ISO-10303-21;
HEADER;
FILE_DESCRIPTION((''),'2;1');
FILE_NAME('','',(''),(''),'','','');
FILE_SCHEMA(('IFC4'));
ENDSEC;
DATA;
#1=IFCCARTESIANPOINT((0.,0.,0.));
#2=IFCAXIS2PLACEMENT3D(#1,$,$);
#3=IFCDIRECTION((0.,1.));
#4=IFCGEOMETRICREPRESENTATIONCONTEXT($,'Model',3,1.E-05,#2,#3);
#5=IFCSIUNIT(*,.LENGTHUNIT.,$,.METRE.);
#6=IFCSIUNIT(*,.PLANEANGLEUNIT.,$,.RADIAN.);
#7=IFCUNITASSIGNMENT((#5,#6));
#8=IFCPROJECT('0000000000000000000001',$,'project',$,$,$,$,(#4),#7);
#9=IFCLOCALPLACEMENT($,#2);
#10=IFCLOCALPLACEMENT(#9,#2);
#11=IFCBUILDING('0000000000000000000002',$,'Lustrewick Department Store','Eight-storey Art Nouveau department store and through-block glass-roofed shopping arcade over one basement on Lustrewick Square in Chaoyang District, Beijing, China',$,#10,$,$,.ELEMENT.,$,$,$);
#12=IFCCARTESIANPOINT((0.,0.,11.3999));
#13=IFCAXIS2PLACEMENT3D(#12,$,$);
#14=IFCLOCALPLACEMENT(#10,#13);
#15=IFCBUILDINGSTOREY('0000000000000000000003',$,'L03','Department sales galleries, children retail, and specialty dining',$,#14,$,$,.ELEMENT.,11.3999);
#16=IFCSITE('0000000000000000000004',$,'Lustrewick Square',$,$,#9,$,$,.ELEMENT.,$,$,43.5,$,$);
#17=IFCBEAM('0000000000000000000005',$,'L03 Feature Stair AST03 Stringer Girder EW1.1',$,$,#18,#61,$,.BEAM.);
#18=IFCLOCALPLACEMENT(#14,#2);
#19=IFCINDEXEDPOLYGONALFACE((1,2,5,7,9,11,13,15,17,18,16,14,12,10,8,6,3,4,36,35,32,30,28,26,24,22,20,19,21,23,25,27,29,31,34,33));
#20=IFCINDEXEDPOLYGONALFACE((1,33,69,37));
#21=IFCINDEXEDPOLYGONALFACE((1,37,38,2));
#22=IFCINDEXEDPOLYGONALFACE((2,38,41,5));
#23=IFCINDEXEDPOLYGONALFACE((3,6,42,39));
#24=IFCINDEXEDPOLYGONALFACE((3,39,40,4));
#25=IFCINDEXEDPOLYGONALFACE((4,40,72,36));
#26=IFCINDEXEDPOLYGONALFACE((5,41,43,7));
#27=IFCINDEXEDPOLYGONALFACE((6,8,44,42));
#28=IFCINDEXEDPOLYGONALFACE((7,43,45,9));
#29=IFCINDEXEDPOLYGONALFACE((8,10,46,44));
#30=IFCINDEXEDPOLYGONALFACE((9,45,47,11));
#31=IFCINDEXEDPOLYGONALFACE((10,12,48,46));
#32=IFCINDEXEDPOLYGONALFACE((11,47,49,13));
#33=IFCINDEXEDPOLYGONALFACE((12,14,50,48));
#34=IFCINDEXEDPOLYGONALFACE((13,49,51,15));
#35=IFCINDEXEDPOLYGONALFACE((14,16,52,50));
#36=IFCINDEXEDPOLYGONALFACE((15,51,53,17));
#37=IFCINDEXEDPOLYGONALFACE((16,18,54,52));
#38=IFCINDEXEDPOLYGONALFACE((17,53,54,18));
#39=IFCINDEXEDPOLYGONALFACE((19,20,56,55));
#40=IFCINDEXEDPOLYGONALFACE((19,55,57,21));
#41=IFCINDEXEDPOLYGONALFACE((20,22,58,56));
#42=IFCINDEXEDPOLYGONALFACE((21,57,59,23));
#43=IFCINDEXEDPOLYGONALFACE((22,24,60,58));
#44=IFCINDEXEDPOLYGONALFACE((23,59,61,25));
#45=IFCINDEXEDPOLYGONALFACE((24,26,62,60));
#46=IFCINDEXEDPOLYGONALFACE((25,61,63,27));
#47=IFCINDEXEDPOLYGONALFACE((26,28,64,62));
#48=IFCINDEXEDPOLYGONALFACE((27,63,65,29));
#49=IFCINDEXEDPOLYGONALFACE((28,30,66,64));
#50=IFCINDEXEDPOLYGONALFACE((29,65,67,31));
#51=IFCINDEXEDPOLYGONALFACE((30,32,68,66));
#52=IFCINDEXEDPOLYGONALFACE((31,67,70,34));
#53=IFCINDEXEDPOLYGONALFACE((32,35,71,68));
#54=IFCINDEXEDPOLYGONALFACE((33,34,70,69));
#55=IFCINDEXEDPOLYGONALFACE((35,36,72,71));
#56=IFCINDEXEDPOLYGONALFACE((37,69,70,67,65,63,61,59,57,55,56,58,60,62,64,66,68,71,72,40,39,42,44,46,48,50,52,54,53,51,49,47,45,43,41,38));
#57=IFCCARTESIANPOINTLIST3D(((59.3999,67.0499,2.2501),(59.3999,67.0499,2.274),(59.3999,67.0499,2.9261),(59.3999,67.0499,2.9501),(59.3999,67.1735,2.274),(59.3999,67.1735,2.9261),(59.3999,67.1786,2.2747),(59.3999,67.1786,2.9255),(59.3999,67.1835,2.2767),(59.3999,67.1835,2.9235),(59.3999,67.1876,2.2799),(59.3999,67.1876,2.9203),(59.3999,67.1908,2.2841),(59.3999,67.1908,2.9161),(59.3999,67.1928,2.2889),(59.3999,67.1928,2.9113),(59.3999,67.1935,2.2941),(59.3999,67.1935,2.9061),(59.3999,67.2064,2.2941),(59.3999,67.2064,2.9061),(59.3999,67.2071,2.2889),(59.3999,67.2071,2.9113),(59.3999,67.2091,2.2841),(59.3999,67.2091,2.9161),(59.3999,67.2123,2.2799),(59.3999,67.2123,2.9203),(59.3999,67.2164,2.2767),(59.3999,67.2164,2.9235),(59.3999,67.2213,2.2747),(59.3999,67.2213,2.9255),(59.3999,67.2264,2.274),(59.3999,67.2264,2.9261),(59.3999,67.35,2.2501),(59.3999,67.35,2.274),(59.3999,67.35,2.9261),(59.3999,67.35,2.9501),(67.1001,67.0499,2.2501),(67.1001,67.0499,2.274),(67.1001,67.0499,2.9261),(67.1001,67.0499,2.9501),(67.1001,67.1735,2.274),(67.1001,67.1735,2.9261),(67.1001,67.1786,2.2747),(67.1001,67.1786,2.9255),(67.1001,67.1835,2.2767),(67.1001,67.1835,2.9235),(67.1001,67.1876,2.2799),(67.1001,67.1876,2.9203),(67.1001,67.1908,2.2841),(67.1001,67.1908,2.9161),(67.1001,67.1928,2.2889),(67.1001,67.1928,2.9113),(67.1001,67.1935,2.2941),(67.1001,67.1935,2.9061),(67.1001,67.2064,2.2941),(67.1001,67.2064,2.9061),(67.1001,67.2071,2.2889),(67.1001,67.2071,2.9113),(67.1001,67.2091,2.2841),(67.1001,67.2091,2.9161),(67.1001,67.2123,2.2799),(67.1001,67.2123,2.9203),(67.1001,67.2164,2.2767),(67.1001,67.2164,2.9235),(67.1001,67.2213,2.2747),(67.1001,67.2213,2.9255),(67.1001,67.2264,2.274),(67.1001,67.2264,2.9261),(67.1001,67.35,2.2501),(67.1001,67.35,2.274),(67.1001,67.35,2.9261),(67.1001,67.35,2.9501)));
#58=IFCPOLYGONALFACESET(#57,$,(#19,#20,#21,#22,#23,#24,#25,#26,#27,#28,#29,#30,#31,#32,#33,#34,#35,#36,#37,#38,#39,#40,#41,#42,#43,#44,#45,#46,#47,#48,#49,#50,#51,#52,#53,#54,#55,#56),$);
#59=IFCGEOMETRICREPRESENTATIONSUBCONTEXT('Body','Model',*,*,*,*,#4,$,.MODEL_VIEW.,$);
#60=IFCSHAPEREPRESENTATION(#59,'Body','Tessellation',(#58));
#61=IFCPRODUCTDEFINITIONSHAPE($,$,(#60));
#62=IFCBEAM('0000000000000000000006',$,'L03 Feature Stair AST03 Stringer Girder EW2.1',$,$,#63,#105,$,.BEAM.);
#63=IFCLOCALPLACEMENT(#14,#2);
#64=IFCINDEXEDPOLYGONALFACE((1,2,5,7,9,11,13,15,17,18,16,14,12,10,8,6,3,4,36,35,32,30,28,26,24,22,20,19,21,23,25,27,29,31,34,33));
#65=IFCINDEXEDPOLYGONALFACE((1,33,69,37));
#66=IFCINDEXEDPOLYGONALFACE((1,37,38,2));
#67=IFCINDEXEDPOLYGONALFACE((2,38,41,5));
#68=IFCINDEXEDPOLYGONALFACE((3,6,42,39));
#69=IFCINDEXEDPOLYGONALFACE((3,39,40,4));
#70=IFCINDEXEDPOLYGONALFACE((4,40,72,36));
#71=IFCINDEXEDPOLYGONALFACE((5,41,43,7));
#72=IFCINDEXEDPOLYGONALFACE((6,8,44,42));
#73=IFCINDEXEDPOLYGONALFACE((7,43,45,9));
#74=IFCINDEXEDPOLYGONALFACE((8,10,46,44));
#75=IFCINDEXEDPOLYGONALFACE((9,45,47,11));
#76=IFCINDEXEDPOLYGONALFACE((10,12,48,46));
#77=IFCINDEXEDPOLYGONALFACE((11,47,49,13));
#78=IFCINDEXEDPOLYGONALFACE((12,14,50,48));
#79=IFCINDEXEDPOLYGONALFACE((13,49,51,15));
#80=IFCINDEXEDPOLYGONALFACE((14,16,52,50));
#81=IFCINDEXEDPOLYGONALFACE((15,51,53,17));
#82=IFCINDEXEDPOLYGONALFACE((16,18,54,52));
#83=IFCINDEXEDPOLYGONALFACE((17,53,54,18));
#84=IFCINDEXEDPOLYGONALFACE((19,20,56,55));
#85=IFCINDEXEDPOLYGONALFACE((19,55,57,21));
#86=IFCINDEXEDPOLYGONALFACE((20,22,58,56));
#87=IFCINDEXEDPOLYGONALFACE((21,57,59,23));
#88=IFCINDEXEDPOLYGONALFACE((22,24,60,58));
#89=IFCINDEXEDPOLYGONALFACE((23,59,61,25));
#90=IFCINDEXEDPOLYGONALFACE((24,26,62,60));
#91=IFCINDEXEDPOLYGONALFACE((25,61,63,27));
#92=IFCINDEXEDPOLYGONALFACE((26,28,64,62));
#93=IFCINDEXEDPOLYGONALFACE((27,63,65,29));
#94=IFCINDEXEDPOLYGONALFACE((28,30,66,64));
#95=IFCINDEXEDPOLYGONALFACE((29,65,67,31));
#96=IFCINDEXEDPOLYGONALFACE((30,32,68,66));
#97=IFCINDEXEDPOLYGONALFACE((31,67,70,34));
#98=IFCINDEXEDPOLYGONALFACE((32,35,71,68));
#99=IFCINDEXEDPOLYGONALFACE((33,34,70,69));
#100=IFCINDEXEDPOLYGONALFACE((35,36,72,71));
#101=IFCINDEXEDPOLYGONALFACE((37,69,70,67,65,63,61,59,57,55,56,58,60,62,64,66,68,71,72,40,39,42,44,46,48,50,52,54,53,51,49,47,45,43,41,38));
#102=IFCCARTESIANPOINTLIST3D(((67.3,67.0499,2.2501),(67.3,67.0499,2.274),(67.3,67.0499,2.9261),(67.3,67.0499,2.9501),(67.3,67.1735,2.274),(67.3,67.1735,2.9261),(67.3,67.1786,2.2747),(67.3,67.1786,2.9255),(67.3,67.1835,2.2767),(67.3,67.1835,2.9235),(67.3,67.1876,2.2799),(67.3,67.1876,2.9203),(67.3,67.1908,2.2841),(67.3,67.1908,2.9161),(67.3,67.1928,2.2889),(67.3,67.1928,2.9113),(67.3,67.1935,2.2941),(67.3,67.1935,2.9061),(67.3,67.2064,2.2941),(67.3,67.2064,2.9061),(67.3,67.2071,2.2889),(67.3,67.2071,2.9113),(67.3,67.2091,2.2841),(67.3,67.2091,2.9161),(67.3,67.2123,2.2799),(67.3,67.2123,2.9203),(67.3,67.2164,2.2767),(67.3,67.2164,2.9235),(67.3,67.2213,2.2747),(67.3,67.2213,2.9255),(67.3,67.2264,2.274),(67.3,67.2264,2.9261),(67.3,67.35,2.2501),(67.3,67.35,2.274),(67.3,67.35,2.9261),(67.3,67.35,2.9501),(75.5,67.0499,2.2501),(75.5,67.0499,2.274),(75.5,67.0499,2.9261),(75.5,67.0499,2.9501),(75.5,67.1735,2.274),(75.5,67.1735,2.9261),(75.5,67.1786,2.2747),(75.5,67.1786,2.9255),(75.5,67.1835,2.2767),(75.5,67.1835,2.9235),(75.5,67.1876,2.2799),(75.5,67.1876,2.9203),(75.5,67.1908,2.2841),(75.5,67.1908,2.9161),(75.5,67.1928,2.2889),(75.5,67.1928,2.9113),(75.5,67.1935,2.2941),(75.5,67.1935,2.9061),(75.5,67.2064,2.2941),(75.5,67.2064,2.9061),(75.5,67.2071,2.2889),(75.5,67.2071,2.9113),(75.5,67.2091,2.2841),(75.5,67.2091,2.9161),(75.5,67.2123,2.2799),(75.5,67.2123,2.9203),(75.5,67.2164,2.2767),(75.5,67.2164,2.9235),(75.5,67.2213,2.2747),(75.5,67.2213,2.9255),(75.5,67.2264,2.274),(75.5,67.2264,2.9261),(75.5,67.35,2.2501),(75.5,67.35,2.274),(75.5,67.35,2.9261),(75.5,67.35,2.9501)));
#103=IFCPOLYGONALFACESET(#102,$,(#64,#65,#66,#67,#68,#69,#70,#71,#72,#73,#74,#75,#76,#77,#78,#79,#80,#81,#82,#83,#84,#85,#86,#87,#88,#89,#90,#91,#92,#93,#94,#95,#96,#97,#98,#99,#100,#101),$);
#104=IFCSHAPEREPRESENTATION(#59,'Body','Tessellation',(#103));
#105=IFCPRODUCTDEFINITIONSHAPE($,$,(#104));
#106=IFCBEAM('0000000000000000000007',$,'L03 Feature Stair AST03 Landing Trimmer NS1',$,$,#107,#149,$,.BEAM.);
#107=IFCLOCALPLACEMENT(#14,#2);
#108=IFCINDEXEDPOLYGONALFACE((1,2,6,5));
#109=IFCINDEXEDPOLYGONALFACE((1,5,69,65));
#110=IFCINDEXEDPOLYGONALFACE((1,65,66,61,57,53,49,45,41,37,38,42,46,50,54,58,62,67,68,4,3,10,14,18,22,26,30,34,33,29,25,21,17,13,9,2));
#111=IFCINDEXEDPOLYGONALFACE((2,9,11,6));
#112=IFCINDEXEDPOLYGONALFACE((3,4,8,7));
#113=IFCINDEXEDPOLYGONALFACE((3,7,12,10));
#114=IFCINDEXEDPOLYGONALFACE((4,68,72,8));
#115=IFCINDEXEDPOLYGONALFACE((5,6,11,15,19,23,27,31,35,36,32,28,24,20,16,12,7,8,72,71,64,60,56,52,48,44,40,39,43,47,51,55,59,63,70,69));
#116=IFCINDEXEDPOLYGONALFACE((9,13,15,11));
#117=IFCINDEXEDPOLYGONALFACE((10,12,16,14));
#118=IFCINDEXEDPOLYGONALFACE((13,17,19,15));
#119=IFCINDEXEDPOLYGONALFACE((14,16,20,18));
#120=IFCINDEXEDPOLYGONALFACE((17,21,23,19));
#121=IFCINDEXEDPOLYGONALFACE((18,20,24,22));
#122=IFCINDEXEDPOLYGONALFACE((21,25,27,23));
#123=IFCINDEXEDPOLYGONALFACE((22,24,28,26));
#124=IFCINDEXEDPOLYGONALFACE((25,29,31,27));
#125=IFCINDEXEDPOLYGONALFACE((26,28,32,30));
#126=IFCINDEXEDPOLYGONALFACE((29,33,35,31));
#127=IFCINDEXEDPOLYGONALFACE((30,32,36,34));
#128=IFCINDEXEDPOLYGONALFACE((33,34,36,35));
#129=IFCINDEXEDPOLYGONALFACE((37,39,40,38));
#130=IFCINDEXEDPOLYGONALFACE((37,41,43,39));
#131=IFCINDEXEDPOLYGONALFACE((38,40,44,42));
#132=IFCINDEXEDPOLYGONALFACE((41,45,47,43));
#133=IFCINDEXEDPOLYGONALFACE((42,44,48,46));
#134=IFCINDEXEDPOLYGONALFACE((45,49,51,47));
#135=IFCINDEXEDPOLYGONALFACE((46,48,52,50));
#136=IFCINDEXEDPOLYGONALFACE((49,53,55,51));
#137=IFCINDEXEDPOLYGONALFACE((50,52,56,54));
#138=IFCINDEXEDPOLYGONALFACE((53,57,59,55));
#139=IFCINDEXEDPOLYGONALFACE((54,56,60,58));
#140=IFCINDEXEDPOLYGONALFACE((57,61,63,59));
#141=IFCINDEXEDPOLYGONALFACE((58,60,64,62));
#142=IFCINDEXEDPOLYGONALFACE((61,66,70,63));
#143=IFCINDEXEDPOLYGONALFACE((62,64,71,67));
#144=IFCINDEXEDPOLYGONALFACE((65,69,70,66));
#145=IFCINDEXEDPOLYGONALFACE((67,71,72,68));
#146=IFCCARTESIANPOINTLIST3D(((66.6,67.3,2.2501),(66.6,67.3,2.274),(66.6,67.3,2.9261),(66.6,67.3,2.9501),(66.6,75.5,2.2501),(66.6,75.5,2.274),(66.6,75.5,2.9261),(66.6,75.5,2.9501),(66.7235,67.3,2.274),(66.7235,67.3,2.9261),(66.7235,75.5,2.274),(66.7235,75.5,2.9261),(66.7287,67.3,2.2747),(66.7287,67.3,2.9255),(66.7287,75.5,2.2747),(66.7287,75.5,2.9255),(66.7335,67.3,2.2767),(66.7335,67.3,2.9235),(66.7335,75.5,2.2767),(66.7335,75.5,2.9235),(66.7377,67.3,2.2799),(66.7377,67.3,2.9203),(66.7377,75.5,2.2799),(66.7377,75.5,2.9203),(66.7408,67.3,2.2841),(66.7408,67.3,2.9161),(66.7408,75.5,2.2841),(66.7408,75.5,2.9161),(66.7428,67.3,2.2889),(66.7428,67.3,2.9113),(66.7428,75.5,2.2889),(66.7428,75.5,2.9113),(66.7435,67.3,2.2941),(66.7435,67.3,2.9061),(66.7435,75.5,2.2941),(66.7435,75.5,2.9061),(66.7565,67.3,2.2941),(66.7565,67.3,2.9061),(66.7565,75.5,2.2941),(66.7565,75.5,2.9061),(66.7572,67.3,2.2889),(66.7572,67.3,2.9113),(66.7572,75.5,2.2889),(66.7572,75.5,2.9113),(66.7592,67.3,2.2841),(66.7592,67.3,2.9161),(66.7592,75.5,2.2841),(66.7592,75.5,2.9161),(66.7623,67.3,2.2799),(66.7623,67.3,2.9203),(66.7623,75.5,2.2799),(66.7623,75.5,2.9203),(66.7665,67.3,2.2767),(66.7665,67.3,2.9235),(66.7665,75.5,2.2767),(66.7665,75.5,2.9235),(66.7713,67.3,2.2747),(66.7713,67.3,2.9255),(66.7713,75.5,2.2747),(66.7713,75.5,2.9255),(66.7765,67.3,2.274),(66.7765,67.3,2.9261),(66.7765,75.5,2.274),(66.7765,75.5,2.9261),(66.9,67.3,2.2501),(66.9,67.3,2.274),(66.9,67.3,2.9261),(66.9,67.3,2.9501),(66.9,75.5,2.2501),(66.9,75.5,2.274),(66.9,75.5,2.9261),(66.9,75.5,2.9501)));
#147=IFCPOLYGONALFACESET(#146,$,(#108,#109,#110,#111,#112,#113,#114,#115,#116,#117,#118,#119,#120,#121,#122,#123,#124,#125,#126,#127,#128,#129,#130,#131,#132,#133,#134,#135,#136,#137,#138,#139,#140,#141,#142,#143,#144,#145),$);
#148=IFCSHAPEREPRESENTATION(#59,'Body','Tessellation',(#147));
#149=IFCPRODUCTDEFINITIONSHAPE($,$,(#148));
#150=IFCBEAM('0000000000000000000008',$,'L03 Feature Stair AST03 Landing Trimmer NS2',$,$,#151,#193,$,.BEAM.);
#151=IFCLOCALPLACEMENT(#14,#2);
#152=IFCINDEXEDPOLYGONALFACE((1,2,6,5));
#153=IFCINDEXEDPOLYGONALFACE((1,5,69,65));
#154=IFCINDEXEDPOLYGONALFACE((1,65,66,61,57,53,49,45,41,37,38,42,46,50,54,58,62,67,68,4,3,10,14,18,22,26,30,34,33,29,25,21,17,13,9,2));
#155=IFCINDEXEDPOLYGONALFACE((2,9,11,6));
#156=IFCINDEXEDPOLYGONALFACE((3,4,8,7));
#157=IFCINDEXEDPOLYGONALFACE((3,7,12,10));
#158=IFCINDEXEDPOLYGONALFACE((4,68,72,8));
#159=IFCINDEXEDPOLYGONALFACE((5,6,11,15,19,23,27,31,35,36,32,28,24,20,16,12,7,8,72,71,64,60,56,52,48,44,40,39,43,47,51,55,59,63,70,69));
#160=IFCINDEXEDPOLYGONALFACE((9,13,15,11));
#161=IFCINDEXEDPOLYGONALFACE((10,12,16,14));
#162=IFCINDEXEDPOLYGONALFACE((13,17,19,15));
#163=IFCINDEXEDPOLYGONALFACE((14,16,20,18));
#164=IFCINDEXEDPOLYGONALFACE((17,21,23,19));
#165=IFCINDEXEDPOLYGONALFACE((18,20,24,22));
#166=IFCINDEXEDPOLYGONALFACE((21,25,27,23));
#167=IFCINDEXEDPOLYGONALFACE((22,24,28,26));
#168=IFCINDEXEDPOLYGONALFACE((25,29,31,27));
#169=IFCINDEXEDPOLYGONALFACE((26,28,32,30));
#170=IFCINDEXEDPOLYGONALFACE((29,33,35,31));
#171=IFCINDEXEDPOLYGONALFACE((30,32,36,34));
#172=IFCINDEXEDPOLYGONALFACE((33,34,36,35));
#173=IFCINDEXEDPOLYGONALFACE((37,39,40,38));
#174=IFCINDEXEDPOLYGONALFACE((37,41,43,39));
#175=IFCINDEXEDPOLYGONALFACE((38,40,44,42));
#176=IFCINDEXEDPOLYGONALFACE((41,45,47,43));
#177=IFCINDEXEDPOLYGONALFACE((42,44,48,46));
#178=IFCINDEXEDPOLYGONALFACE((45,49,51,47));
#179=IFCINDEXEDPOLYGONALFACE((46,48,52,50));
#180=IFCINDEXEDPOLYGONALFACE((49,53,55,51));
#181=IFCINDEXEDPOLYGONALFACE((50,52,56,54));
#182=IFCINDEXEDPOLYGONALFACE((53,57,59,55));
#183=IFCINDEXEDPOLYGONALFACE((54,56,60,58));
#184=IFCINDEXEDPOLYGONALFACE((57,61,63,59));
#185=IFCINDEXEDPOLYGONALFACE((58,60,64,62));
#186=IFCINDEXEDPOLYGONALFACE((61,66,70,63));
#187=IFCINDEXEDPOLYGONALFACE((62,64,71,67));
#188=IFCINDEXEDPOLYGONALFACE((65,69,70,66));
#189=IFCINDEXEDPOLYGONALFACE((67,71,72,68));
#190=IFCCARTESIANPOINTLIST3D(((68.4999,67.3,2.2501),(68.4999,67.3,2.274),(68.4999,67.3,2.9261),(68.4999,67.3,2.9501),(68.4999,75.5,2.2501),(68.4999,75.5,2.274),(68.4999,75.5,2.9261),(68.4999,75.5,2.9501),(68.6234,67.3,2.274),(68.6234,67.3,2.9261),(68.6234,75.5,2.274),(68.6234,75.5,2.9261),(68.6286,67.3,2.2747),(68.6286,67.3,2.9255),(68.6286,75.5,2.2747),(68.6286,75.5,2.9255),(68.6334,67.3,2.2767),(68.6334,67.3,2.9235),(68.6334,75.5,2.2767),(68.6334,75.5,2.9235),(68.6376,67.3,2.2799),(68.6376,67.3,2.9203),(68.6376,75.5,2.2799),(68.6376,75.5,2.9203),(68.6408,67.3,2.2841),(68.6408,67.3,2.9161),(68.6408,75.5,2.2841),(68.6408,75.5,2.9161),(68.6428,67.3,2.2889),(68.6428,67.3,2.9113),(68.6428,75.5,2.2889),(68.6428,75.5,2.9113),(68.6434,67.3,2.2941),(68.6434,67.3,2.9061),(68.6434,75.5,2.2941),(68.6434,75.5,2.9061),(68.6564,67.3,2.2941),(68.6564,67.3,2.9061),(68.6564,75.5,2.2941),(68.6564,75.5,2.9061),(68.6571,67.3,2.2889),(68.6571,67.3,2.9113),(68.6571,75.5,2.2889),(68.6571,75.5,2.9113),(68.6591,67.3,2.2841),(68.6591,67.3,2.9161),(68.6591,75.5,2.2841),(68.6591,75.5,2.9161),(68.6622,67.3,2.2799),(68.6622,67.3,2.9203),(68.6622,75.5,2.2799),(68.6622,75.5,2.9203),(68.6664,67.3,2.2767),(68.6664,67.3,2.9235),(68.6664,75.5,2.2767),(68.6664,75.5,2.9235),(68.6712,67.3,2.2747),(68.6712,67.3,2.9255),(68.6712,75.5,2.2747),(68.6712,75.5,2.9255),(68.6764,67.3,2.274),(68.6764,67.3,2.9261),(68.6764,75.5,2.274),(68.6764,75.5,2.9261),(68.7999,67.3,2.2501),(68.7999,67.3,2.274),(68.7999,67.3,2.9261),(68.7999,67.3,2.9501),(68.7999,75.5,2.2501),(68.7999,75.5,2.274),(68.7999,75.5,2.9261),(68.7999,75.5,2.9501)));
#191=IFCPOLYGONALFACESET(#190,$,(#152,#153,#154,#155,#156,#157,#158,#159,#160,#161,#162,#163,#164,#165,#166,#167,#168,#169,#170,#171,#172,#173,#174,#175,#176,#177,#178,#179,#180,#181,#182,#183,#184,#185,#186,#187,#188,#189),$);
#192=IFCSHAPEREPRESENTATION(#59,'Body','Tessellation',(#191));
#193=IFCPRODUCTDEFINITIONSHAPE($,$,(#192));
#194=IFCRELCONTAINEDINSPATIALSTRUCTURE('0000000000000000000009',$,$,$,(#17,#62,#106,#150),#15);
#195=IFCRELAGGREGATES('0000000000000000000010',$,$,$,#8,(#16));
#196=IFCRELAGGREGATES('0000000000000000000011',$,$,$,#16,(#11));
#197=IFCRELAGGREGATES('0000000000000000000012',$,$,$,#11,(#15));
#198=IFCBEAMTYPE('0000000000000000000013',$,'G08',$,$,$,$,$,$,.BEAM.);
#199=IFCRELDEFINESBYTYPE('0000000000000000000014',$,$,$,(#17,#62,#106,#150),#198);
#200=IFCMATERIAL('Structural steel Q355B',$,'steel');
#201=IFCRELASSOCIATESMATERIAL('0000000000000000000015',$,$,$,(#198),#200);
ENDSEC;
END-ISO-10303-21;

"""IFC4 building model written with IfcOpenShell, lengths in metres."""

from ifc_helpers import new_model, si_unit, direction, frame, origin, origin_2d, place, context, subcontext, project, spatial, i_section, extrude, material, material_profile, profile_set, type_object, element, save


model = new_model("IFC4")

# Units and contexts
model_context = context("Model", 3, precision=1e-05, world=origin(), true_north=direction((0.0, 1.0)))
body_context = subcontext(model_context, "Body", "Model", "MODEL_VIEW")
ifc_project = project(units=[si_unit("LENGTHUNIT", "METRE"), si_unit("PLANEANGLEUNIT", "RADIAN")], contexts=[model_context])

# Site, building, storey
site_placement = place(None, origin())
site = spatial("IfcSite", under=ifc_project, at=site_placement, Name="Lustrewick Square", CompositionType="ELEMENT", RefElevation=43.5)
building_placement = place(site_placement, origin())
building = spatial("IfcBuilding", under=site, at=building_placement, Name="Lustrewick Department Store", Description="Eight-storey Art Nouveau department store and through-block glass-roofed shopping arcade over one basement on Lustrewick Square in Chaoyang District, Beijing, China", CompositionType="ELEMENT")
storey_placement = place(building_placement, frame((0.0, 0.0, 11.3999)))
storey = spatial("IfcBuildingStorey", under=building, at=storey_placement, Name="L03", Description="Department sales galleries, children retail, and specialty dining", CompositionType="ELEMENT", Elevation=11.3999)

# Shared definitions
ifc_material_1 = material(Name="Structural steel Q355B", Category="steel")

# Beams
ifc_material_profile_1 = material_profile(ifc_material_1, i_section(OverallWidth=0.3, OverallDepth=0.7, WebThickness=0.0129, FlangeThickness=0.0239, FilletRadius=0.02, at=origin_2d()), Name="HN 700x300x13x24")
ifc_profile_set_1 = profile_set([ifc_material_profile_1], Name="Structural steel Q355B")
beam_type_1 = type_object("IfcBeamType", Name="G08", PredefinedType="BEAM", material=ifc_profile_set_1)
beam_1_placement = place(storey_placement, frame((59.3999, 67.2, 2.6001), z_axis=(1.0, 0.0, 0.0), x_axis=(0.0, 1.0, 0.0)))
element("IfcBeam", 1, at=beam_1_placement, inside=storey, type_object=beam_type_1, Name="L03 Feature Stair AST03 Stringer Girder EW1.1", PredefinedType="BEAM", context=body_context, shape_type="SweptSolid", body=[
    extrude(i_section(OverallWidth=0.3, OverallDepth=0.7, WebThickness=0.0129, FlangeThickness=0.0239, FilletRadius=0.02, at=origin_2d()), origin(), (0.0, 0.0, 1.0), 7.7002),
])
for number, where, z_axis, x_axis, name in (
    (2, (67.3, 67.2, 2.6001), (1.0, 0.0, 0.0), (0.0, 1.0, 0.0), "L03 Feature Stair AST03 Stringer Girder EW2.1"),
    (3, (66.75, 67.3, 2.6001), (0.0, 1.0, 0.0), (-1.0, 0.0, 0.0), "L03 Feature Stair AST03 Landing Trimmer NS1"),
    (4, (68.6499, 67.3, 2.6001), (0.0, 1.0, 0.0), (-1.0, 0.0, 0.0), "L03 Feature Stair AST03 Landing Trimmer NS2"),
):
    element("IfcBeam", number, at=place(storey_placement, frame(where, z_axis=z_axis, x_axis=x_axis)), inside=storey, type_object=beam_type_1, Name=name, PredefinedType="BEAM", context=body_context, shape_type="SweptSolid", body=[
        extrude(i_section(OverallWidth=0.3, OverallDepth=0.7, WebThickness=0.0129, FlangeThickness=0.0239, FilletRadius=0.02, at=origin_2d()), origin(), (0.0, 0.0, 1.0), 8.2),
    ])

save(model, "model.ifc")
